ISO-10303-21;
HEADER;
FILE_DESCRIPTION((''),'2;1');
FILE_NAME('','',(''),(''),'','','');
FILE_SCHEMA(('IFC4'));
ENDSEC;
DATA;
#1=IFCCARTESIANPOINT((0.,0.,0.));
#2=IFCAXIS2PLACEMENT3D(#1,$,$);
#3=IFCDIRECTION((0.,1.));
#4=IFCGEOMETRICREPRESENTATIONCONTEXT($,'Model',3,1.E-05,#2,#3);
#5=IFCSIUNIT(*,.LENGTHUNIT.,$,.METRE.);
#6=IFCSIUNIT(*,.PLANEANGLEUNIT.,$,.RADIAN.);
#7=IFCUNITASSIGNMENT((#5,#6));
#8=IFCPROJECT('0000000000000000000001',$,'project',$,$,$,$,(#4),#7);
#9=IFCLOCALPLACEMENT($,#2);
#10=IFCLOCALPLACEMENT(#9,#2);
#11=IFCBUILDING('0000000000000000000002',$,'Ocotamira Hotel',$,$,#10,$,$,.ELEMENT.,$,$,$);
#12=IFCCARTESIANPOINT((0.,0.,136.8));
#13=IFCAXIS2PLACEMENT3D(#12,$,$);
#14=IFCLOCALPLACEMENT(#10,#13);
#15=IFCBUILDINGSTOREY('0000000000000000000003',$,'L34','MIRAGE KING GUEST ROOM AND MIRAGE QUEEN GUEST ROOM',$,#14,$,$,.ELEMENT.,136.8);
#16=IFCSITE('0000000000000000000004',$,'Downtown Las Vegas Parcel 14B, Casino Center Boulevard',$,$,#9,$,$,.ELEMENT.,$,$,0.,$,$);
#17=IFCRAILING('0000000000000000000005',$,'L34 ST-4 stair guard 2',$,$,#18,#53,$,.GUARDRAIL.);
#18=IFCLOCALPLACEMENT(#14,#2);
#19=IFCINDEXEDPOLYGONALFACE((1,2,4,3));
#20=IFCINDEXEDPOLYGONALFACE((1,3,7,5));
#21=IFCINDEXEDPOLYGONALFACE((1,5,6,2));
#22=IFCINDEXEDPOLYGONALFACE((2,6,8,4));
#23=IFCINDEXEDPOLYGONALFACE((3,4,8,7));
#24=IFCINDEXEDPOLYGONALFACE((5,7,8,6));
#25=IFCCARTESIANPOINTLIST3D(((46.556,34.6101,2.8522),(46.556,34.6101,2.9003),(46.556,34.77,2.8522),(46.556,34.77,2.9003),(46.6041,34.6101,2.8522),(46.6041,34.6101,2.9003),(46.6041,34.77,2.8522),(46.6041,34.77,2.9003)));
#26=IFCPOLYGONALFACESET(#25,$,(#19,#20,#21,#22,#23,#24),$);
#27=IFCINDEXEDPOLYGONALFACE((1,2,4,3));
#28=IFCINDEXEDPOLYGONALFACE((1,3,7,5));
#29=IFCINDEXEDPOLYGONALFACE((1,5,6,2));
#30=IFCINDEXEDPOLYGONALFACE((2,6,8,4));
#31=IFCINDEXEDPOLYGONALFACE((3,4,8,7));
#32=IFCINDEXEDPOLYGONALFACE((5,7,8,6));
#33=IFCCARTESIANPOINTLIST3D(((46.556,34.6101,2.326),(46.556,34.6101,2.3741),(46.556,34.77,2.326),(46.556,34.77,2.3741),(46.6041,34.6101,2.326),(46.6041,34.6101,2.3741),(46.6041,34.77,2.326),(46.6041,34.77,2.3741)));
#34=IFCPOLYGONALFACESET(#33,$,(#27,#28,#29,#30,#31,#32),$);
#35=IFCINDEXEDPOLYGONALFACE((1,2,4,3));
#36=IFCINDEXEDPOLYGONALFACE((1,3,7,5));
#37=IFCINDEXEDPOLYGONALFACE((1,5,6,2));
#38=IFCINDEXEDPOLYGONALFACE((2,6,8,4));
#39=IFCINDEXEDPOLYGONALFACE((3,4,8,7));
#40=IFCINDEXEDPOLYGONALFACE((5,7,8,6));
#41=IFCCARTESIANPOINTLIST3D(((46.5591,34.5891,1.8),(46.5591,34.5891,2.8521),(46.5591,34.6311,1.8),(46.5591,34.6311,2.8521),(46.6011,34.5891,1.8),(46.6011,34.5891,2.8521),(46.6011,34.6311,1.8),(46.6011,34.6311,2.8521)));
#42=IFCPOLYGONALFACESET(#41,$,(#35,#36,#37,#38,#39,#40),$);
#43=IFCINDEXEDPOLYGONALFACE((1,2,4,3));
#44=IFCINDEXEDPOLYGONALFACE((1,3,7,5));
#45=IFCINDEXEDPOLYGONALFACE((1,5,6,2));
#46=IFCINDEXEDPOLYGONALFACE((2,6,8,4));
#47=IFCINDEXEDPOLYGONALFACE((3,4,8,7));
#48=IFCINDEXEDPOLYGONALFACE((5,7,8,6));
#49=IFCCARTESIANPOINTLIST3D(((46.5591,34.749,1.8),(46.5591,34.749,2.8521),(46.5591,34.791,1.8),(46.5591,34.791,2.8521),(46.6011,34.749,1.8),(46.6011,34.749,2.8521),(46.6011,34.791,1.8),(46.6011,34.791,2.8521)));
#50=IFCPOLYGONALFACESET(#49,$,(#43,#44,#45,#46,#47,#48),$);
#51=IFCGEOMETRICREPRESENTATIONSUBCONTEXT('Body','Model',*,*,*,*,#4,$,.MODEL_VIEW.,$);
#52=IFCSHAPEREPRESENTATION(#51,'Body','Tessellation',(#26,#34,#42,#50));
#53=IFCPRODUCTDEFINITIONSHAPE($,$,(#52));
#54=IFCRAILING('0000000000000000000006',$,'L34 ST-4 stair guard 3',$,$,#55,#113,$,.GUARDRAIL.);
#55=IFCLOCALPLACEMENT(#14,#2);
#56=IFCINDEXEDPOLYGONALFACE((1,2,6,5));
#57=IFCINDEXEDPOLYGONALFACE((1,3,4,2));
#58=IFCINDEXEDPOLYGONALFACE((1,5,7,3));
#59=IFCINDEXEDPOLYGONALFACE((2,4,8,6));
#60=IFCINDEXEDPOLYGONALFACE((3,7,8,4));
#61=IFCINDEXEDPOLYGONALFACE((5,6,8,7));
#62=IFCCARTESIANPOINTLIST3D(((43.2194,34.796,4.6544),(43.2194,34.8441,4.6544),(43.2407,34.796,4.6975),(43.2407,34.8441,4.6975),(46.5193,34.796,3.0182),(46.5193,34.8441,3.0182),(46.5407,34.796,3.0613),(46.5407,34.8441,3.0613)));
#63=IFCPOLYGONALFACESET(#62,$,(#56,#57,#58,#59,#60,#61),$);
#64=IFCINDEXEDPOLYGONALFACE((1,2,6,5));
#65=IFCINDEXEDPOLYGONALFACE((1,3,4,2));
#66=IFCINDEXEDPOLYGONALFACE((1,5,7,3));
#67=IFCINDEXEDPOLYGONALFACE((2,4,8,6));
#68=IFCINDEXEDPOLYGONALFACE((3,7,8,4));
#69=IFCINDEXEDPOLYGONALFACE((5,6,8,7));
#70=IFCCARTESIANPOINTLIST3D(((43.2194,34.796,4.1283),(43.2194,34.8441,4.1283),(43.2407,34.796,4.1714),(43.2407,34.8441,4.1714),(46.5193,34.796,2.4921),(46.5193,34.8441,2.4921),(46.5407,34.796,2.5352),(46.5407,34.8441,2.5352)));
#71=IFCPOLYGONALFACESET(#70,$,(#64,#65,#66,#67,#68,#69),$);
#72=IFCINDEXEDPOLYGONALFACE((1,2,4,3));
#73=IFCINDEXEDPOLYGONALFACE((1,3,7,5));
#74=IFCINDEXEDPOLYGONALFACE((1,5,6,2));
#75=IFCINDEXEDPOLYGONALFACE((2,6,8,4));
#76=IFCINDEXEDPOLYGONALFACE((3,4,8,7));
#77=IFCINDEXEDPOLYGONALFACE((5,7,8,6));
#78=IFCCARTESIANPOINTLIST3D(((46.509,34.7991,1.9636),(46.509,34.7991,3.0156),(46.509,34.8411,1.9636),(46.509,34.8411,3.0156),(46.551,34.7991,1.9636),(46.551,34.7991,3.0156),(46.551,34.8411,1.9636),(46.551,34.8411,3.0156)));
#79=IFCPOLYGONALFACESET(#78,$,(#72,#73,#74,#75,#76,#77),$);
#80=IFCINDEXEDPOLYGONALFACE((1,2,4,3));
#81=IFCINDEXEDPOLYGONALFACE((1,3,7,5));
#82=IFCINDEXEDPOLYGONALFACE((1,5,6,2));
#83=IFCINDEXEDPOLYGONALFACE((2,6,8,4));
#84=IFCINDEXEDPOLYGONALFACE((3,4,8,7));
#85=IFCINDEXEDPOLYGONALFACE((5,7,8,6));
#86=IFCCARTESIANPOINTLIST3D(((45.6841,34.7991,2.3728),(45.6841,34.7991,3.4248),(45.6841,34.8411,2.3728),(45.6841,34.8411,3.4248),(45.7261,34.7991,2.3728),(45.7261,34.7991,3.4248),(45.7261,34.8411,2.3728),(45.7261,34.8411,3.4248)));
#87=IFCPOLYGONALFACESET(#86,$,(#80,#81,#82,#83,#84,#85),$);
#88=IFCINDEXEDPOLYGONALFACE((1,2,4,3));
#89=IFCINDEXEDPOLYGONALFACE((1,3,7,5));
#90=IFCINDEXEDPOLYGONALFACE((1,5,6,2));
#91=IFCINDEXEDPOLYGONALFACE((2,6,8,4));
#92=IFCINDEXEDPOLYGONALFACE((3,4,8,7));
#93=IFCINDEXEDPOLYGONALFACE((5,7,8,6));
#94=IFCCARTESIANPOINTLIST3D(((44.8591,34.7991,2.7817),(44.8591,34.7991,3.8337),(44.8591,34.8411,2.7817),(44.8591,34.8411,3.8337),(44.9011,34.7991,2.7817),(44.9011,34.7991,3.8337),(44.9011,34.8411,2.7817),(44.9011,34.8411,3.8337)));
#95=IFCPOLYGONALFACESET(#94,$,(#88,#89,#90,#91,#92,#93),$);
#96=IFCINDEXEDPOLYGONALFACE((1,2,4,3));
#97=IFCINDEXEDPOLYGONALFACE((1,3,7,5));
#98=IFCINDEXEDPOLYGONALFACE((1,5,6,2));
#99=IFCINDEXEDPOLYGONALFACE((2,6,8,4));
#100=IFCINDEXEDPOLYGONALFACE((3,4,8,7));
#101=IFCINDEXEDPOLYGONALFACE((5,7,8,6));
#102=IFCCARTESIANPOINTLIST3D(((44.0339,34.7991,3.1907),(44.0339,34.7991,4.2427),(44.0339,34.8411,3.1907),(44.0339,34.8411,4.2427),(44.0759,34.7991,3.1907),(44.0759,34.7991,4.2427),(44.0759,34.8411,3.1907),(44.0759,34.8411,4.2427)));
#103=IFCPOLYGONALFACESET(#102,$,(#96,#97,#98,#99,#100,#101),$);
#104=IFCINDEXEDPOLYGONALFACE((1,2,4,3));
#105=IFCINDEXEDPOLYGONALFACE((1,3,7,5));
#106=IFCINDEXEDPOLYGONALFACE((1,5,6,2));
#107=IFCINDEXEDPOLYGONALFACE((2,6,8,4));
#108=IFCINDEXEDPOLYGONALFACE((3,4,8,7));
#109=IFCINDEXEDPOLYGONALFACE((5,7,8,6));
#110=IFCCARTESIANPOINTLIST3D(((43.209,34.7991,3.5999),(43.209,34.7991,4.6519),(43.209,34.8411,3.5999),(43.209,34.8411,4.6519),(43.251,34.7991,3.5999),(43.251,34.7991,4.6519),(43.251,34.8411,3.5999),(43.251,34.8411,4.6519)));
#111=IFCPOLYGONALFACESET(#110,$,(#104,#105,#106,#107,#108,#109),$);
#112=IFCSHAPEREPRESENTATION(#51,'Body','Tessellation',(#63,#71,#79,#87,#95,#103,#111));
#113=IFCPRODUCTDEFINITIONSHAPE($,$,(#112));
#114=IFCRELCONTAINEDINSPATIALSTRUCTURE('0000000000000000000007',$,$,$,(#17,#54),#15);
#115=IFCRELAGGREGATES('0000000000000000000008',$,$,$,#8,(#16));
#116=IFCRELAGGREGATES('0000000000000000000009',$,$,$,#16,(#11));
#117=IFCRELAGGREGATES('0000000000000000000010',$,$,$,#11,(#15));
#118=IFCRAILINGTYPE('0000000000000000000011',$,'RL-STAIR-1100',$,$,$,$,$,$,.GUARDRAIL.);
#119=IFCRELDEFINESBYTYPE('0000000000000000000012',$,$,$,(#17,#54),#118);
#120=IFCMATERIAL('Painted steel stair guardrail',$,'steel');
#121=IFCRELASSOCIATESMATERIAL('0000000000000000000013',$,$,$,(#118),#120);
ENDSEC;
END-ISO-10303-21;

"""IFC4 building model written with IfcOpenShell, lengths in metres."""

from ifc_helpers import new_model, si_unit, direction, frame, origin, origin_2d, place, context, subcontext, project, spatial, rectangle, extrude, material, type_object, element, save


model = new_model("IFC4")

# Units and contexts
model_context = context("Model", 3, precision=1e-05, world=origin(), true_north=direction((0.0, 1.0)))
body_context = subcontext(model_context, "Body", "Model", "MODEL_VIEW")
ifc_project = project(units=[si_unit("LENGTHUNIT", "METRE"), si_unit("PLANEANGLEUNIT", "RADIAN")], contexts=[model_context])

# Site, building, storey
site_placement = place(None, origin())
site = spatial("IfcSite", under=ifc_project, at=site_placement, Name="Downtown Las Vegas Parcel 14B, Casino Center Boulevard", CompositionType="ELEMENT", RefElevation=0.0)
building_placement = place(site_placement, origin())
building = spatial("IfcBuilding", under=site, at=building_placement, Name="Ocotamira Hotel", CompositionType="ELEMENT")
storey_placement = place(building_placement, frame((0.0, 0.0, 136.8)))
storey = spatial("IfcBuildingStorey", under=building, at=storey_placement, Name="L34", Description="MIRAGE KING GUEST ROOM AND MIRAGE QUEEN GUEST ROOM", CompositionType="ELEMENT", Elevation=136.8)

# Railings
ifc_material_1 = material(Name="Painted steel stair guardrail", Category="steel")
railing_type_1 = type_object("IfcRailingType", Name="RL-STAIR-1100", PredefinedType="GUARDRAIL", material=ifc_material_1)
railing_1_placement = place(storey_placement, frame((46.5801, 34.6101, 1.8)))
element("IfcRailing", 1, at=railing_1_placement, inside=storey, type_object=railing_type_1, Name="L34 ST-4 stair guard 2", PredefinedType="GUARDRAIL", context=body_context, shape_type="SweptSolid", body=[
    extrude(rectangle(XDim=0.0481, YDim=0.0481, at=origin_2d()), frame((0.0, 0.0, 1.0762), z_axis=(0.0, 1.0, 0.0), x_axis=(-1.0, 0.0, 0.0)), (0.0, 0.0, 1.0), 0.1599),
    extrude(rectangle(XDim=0.0481, YDim=0.0481, at=origin_2d()), frame((0.0, 0.0, 0.55), z_axis=(0.0, 1.0, 0.0), x_axis=(-1.0, 0.0, 0.0)), (0.0, 0.0, 1.0), 0.1599),
    extrude(rectangle(XDim=0.042, YDim=0.042, at=origin_2d()), origin(), (0.0, 0.0, 1.0), 1.052),
    extrude(rectangle(XDim=0.042, YDim=0.042, at=origin_2d()), frame((0.0, 0.1599, 0.0)), (0.0, 0.0, 1.0), 1.052),
])
railing_2_placement = place(storey_placement, frame((46.53, 34.8201, 1.9636)))
element("IfcRailing", 2, at=railing_2_placement, inside=storey, type_object=railing_type_1, Name="L34 ST-4 stair guard 3", PredefinedType="GUARDRAIL", context=body_context, shape_type="SweptSolid", body=[
    extrude(rectangle(XDim=0.0481, YDim=0.0481, at=origin_2d()), frame((0.0, 0.0, 1.0762), z_axis=(-0.89592, 0.0, 0.444215), x_axis=(0.0, -1.0, 0.0)), (0.0, 0.0, 1.0), 3.6833),
    extrude(rectangle(XDim=0.0481, YDim=0.0481, at=origin_2d()), frame((0.0, 0.0, 0.55), z_axis=(-0.89592, 0.0, 0.444215), x_axis=(0.0, -1.0, 0.0)), (0.0, 0.0, 1.0), 3.6833),
    extrude(rectangle(XDim=0.042, YDim=0.042, at=origin_2d()), origin(), (0.0, 0.0, 1.0), 1.052),
    extrude(rectangle(XDim=0.042, YDim=0.042, at=origin_2d()), frame((-0.825, 0.0, 0.4092)), (0.0, 0.0, 1.0), 1.052),
    extrude(rectangle(XDim=0.042, YDim=0.042, at=origin_2d()), frame((-1.6499, 0.0, 0.8181)), (0.0, 0.0, 1.0), 1.052),
    extrude(rectangle(XDim=0.042, YDim=0.042, at=origin_2d()), frame((-2.4751, 0.0, 1.2271)), (0.0, 0.0, 1.0), 1.052),
    extrude(rectangle(XDim=0.042, YDim=0.042, at=origin_2d()), frame((-3.3, 0.0, 1.6362)), (0.0, 0.0, 1.0), 1.052),
])

save(model, "model.ifc")
